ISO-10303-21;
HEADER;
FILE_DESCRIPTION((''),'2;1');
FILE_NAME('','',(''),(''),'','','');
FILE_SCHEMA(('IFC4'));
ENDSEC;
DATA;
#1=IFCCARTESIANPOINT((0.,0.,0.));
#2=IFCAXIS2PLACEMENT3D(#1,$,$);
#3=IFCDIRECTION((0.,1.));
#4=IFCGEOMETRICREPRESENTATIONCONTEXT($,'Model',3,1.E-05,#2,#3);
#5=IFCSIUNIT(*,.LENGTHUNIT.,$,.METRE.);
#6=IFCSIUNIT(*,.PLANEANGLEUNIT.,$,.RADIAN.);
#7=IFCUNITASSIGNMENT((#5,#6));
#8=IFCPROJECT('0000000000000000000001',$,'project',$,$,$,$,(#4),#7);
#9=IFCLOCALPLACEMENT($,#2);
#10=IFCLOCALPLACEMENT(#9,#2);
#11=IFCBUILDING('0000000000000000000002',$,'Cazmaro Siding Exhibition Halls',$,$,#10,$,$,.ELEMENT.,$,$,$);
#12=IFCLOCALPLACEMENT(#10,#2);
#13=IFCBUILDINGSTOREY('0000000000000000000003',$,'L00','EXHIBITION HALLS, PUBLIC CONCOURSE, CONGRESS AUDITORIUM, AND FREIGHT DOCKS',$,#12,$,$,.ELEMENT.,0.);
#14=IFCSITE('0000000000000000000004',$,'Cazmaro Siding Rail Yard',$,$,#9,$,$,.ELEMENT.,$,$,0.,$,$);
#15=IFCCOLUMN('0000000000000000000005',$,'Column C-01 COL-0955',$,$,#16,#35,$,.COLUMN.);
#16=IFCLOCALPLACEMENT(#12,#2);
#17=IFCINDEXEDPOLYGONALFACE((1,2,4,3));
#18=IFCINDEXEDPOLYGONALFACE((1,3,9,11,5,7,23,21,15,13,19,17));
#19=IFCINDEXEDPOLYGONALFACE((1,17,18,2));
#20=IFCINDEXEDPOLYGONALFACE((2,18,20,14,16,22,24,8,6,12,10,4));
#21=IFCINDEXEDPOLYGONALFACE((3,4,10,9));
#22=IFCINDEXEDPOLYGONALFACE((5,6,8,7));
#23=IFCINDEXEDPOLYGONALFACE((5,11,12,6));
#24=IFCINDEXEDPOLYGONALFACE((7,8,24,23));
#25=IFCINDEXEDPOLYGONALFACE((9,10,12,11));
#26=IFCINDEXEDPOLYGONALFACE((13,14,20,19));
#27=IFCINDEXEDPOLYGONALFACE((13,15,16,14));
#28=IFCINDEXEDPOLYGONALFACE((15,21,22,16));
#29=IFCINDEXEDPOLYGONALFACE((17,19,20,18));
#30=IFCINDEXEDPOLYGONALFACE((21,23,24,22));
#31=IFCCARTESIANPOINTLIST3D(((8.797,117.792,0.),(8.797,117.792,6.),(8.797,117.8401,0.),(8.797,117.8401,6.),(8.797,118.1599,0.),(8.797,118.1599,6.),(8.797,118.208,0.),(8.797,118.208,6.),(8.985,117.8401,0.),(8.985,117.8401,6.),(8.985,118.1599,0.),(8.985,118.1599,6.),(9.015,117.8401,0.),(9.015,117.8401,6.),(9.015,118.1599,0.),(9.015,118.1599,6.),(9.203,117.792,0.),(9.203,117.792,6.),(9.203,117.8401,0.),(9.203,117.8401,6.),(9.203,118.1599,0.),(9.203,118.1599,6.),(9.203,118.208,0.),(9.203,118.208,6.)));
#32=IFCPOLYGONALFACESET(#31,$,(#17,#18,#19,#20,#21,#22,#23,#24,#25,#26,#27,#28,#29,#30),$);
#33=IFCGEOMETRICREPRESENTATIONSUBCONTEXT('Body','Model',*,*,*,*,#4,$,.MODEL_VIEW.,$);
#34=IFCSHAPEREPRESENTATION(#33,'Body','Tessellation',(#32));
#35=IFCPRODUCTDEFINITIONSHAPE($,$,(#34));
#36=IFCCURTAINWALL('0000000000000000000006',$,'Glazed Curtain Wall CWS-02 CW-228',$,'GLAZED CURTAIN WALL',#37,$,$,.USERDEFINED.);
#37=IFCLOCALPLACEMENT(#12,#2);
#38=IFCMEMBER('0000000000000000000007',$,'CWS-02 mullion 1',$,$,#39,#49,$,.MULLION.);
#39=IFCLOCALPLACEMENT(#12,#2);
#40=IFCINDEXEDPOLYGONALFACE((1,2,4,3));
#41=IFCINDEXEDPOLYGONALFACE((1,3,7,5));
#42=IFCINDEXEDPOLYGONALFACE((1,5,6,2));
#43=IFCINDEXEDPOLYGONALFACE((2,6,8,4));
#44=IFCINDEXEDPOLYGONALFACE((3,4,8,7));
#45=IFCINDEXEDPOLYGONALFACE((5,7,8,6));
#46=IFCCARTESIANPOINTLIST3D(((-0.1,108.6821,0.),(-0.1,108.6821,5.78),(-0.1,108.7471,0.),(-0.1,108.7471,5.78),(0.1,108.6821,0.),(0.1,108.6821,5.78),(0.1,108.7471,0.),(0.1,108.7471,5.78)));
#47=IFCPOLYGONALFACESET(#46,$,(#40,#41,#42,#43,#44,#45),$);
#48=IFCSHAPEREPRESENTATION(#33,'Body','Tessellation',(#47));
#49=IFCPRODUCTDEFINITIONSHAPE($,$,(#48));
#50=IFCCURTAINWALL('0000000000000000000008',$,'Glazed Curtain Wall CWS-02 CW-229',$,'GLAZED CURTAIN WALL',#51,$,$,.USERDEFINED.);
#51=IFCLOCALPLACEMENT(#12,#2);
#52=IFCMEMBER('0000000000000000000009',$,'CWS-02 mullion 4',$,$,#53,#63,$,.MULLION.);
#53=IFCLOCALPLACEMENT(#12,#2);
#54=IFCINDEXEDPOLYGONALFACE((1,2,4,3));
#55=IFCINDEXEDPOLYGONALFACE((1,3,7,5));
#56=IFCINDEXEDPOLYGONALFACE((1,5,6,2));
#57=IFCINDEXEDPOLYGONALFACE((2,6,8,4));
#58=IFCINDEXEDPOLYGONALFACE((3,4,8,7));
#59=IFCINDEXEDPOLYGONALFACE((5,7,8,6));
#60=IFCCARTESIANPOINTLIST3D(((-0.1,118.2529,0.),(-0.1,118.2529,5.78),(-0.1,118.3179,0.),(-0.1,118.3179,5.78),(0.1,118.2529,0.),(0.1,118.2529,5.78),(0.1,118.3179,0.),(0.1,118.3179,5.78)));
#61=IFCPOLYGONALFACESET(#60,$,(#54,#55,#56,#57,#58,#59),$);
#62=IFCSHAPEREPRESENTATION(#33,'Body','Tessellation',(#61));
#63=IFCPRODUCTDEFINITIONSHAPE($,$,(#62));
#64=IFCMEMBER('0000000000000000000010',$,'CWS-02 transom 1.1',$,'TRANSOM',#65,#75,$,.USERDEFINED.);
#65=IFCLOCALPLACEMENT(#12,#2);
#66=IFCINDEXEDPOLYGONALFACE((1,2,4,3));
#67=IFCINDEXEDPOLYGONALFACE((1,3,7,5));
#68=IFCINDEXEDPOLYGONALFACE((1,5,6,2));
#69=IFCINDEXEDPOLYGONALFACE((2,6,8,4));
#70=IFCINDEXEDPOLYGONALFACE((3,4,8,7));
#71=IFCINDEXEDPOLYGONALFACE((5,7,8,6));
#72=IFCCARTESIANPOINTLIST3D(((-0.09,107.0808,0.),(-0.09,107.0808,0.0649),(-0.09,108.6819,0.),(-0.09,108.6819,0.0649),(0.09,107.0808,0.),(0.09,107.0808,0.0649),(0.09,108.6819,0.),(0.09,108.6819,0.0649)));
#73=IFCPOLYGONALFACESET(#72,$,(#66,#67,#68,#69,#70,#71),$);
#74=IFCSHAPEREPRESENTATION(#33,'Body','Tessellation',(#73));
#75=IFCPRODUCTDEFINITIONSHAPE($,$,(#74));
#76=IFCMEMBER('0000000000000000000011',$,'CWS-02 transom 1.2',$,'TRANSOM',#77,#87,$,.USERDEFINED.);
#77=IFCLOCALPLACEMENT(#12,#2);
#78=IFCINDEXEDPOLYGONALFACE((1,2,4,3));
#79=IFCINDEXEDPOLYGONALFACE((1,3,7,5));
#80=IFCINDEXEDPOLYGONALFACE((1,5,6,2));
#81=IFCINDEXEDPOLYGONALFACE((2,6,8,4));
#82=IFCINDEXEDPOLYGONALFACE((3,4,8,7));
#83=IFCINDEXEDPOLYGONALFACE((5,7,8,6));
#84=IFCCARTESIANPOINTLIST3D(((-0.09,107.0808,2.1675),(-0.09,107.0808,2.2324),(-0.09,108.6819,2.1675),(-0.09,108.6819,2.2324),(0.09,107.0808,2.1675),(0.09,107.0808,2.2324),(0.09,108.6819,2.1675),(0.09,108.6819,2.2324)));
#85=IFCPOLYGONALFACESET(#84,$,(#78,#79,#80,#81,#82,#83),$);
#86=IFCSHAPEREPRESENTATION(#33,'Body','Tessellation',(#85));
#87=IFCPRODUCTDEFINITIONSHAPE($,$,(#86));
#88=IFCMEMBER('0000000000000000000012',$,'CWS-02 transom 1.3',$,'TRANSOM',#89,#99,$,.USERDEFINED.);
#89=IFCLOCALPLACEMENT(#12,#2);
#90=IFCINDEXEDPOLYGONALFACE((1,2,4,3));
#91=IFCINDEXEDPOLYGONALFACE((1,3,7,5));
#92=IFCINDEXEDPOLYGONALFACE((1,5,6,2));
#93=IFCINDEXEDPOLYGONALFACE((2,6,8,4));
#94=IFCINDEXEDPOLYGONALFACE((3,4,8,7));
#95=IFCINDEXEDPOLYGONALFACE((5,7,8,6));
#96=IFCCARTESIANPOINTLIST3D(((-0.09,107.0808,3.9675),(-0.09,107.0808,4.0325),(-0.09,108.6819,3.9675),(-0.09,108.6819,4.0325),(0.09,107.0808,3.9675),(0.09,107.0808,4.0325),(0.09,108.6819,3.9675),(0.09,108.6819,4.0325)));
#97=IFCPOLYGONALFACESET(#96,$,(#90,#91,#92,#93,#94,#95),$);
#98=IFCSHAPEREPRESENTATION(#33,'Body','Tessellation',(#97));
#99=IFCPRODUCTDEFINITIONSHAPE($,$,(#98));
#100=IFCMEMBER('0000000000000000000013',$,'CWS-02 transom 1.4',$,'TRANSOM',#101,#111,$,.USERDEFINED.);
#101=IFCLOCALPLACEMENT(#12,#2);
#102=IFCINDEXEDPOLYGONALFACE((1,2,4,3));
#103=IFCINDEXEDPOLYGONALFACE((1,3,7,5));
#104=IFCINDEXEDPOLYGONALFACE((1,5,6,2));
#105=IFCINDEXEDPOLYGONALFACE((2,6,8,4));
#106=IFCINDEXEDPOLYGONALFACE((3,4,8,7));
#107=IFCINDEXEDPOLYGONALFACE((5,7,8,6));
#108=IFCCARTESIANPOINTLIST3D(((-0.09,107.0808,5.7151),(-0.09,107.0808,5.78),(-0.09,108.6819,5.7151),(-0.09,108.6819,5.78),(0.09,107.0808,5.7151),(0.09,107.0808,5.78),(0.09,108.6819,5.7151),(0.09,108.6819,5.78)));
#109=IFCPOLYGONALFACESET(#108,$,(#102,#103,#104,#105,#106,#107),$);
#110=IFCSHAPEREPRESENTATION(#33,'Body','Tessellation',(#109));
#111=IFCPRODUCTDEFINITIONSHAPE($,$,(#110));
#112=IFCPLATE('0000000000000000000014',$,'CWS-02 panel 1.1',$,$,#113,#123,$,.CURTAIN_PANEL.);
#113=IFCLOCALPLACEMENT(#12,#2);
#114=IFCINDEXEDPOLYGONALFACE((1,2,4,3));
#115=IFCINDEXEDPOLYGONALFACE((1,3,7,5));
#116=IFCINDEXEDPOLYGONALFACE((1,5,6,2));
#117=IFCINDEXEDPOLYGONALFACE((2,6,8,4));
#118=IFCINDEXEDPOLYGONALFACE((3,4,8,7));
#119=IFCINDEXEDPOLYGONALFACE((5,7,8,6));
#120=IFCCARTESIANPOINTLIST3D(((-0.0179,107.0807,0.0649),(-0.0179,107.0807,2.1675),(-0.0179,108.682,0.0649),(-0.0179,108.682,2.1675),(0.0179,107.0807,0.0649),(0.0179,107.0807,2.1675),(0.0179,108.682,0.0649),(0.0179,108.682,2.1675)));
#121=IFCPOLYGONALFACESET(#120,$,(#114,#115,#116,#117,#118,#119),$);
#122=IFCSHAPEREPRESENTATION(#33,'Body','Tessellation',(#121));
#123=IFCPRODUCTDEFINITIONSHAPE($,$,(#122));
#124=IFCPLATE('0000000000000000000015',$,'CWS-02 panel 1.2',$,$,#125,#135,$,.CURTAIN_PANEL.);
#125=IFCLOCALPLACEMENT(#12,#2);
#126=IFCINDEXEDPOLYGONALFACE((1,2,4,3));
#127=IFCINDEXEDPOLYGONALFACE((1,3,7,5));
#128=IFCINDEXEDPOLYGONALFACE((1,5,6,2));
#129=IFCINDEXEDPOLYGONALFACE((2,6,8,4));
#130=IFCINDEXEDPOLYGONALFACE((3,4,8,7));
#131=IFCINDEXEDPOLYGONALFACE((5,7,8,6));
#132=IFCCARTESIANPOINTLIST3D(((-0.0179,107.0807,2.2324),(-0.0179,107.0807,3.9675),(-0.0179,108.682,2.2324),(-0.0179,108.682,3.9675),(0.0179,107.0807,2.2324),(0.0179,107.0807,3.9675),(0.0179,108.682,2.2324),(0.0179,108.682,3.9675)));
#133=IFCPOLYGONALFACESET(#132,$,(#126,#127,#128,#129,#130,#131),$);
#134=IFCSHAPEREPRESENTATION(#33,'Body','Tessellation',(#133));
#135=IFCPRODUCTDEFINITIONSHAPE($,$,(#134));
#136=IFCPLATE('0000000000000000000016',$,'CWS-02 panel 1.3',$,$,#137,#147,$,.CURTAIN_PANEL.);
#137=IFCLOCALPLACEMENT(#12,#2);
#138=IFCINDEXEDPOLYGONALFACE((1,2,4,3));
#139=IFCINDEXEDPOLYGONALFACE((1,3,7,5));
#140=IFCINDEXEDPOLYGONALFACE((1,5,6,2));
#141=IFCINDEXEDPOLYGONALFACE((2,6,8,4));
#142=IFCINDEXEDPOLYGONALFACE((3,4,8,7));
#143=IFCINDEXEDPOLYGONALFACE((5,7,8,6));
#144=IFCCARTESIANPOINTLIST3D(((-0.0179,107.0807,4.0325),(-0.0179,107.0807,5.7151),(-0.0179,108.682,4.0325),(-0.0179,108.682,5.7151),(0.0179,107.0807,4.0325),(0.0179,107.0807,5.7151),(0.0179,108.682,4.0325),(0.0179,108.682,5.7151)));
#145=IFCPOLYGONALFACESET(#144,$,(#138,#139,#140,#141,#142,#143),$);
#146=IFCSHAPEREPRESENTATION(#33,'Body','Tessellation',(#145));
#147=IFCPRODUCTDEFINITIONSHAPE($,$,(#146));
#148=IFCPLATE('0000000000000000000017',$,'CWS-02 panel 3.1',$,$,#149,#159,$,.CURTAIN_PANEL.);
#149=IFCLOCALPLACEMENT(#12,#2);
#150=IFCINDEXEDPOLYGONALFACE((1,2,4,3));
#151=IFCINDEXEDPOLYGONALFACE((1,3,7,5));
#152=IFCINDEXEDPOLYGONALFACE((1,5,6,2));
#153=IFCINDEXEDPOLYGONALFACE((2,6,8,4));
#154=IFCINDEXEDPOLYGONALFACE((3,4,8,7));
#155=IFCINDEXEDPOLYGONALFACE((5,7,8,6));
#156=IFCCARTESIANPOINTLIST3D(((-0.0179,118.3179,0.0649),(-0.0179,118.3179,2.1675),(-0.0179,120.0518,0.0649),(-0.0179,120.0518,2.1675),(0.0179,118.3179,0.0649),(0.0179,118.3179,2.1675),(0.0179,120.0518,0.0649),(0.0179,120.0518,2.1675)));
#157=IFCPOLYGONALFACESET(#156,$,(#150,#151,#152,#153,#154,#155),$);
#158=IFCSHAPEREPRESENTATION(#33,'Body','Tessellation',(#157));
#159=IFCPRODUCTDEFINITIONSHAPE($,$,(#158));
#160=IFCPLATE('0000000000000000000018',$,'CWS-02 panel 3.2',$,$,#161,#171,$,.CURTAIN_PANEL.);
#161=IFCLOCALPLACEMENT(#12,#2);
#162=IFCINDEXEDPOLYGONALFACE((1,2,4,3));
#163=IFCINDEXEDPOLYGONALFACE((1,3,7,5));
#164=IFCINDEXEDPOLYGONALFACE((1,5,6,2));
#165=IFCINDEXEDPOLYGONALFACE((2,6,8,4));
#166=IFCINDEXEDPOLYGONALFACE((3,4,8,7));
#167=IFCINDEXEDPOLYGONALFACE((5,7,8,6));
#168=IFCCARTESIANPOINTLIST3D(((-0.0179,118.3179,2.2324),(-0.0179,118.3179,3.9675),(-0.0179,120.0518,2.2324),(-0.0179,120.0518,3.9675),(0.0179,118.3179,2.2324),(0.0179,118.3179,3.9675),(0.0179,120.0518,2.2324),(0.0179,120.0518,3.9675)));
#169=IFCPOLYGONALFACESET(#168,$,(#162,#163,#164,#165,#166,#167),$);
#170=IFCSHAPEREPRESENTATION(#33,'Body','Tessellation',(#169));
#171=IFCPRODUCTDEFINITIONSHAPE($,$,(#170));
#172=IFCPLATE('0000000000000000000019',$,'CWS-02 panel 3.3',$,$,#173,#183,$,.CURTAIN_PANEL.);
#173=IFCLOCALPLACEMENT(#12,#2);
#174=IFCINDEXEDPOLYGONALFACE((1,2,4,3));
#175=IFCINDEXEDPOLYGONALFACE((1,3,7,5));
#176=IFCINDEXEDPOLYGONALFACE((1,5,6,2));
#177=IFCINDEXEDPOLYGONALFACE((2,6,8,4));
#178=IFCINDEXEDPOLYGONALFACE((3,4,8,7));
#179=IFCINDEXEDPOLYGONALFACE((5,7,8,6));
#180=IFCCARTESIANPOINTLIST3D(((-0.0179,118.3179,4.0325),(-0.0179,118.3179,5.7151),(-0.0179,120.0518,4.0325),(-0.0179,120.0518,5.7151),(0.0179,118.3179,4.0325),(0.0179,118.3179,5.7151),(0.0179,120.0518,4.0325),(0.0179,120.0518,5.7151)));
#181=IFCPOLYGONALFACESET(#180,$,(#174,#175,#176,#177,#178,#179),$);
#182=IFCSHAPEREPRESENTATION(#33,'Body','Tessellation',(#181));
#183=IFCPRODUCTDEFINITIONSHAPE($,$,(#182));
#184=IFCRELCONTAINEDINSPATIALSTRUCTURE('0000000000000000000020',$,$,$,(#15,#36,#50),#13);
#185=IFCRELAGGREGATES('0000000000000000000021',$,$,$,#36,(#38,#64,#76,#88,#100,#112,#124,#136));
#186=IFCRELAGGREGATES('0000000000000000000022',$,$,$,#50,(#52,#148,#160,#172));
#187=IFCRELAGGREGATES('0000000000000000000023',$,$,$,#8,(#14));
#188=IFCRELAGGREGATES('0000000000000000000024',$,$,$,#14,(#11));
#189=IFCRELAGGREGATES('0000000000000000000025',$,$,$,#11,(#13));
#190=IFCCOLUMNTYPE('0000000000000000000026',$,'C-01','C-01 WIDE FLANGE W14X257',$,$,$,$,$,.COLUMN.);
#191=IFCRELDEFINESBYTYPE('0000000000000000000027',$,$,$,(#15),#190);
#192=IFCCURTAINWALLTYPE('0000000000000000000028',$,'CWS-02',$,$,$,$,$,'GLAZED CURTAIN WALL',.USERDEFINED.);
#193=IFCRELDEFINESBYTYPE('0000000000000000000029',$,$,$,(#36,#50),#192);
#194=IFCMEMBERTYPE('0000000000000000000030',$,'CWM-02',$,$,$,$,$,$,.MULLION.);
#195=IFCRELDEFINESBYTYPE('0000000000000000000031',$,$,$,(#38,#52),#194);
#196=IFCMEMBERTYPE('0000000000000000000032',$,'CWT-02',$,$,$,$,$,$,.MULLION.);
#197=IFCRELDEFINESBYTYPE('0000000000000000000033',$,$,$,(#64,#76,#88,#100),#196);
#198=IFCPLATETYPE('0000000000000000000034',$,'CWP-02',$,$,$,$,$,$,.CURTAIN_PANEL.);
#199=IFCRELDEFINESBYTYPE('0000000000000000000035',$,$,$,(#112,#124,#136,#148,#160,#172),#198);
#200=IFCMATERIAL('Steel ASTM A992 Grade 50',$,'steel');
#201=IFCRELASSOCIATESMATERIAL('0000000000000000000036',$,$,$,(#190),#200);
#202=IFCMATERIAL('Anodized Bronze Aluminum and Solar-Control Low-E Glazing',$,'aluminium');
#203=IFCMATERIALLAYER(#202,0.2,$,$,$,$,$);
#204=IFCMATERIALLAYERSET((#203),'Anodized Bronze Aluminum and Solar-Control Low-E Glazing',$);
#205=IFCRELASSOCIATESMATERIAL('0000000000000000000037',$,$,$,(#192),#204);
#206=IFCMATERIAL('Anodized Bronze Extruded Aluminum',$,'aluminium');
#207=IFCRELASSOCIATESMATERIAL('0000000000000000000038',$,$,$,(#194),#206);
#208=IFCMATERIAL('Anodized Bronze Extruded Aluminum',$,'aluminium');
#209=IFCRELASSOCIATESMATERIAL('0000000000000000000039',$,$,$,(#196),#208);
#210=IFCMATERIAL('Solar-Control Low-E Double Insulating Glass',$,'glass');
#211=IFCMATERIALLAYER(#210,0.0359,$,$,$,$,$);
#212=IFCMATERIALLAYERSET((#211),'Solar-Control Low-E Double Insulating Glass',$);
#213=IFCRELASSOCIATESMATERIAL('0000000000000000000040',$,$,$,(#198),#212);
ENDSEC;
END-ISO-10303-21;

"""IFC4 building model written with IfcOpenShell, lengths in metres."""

from ifc_helpers import new_model, si_unit, direction, frame, origin, origin_2d, place, context, subcontext, project, spatial, rectangle, i_section, extrude, material, layer, layer_set, material_profile, profile_set, type_object, element, aggregate, save


model = new_model("IFC4")

# Units and contexts
model_context = context("Model", 3, precision=1e-05, world=origin(), true_north=direction((0.0, 1.0)))
body_context = subcontext(model_context, "Body", "Model", "MODEL_VIEW")
ifc_project = project(units=[si_unit("LENGTHUNIT", "METRE"), si_unit("PLANEANGLEUNIT", "RADIAN")], contexts=[model_context])

# Site, building, storey
site_placement = place(None, origin())
site = spatial("IfcSite", under=ifc_project, at=site_placement, Name="Cazmaro Siding Rail Yard", CompositionType="ELEMENT", RefElevation=0.0)
building_placement = place(site_placement, origin())
building = spatial("IfcBuilding", under=site, at=building_placement, Name="Cazmaro Siding Exhibition Halls", CompositionType="ELEMENT")
storey_placement = place(building_placement, origin())
storey = spatial("IfcBuildingStorey", under=building, at=storey_placement, Name="L00", Description="EXHIBITION HALLS, PUBLIC CONCOURSE, CONGRESS AUDITORIUM, AND FREIGHT DOCKS", CompositionType="ELEMENT", Elevation=0.0)

# Column
ifc_material_1 = material(Name="Steel ASTM A992 Grade 50", Category="steel")
ifc_material_profile_1 = material_profile(ifc_material_1, i_section(OverallWidth=0.406, OverallDepth=0.416, WebThickness=0.03, FlangeThickness=0.0481, at=origin_2d()), Name="W14X257")
ifc_profile_set_1 = profile_set([ifc_material_profile_1], Name="Steel ASTM A992 Grade 50")
column_type = type_object("IfcColumnType", Name="C-01", Description="C-01 WIDE FLANGE W14X257", PredefinedType="COLUMN", material=ifc_profile_set_1)
for number, where, z_axis, x_axis, name in (
    (1, (9.0, 118.0, 0.0), (0.0, 0.0, 1.0), (1.0, 0.0, 0.0), "Column C-01 COL-0955"),
):
    element("IfcColumn", number, at=place(storey_placement, frame(where, z_axis=z_axis, x_axis=x_axis)), inside=storey, type_object=column_type, Name=name, PredefinedType="COLUMN", context=body_context, shape_type="SweptSolid", body=[
        extrude(i_section(OverallWidth=0.406, OverallDepth=0.416, WebThickness=0.03, FlangeThickness=0.0481, at=origin_2d()), origin(), (0.0, 0.0, 1.0), 6.0),
    ])

# Curtain walls, members
ifc_material_2 = material(Name="Anodized Bronze Aluminum and Solar-Control Low-E Glazing", Category="aluminium")
ifc_layer_1 = layer(ifc_material_2, 0.2)
ifc_layer_set_1 = layer_set([ifc_layer_1], Name="Anodized Bronze Aluminum and Solar-Control Low-E Glazing")
curtain_wall_type = type_object("IfcCurtainWallType", Name="CWS-02", ElementType="GLAZED CURTAIN WALL", PredefinedType="USERDEFINED", material=ifc_layer_set_1)
curtain_wall_1_placement = place(storey_placement, origin())
curtain_wall_1 = element("IfcCurtainWall", 2, at=curtain_wall_1_placement, inside=storey, type_object=curtain_wall_type, Name="Glazed Curtain Wall CWS-02 CW-228", ObjectType="GLAZED CURTAIN WALL", PredefinedType="USERDEFINED")
ifc_material_3 = material(Name="Anodized Bronze Extruded Aluminum", Category="aluminium")
ifc_material_profile_2 = material_profile(ifc_material_3, rectangle(XDim=0.2, YDim=0.0649, at=origin_2d()), Name="CWM-02")
ifc_profile_set_2 = profile_set([ifc_material_profile_2], Name="Anodized Bronze Extruded Aluminum")
member_type_1 = type_object("IfcMemberType", Name="CWM-02", PredefinedType="MULLION", material=ifc_profile_set_2)
member_1_placement = place(storey_placement, frame((0.0, 108.7146, 0.0), z_axis=(0.0, 0.0, 1.0), x_axis=(1.0, 0.0, 0.0)))
member_1 = element("IfcMember", 3, at=member_1_placement, type_object=member_type_1, Name="CWS-02 mullion 1", PredefinedType="MULLION", context=body_context, shape_type="SweptSolid", body=[
    extrude(rectangle(XDim=0.2, YDim=0.0649, at=origin_2d()), origin(), (0.0, 0.0, 1.0), 5.78),
])
curtain_wall_2_placement = place(storey_placement, origin())
curtain_wall_2 = element("IfcCurtainWall", 4, at=curtain_wall_2_placement, inside=storey, type_object=curtain_wall_type, Name="Glazed Curtain Wall CWS-02 CW-229", ObjectType="GLAZED CURTAIN WALL", PredefinedType="USERDEFINED")
member_2_placement = place(storey_placement, frame((0.0, 118.2854, 0.0), z_axis=(0.0, 0.0, 1.0), x_axis=(1.0, 0.0, 0.0)))
member_2 = element("IfcMember", 5, at=member_2_placement, type_object=member_type_1, Name="CWS-02 mullion 4", PredefinedType="MULLION", context=body_context, shape_type="SweptSolid", body=[
    extrude(rectangle(XDim=0.2, YDim=0.0649, at=origin_2d()), origin(), (0.0, 0.0, 1.0), 5.78),
])

# Members
ifc_material_4 = material(Name="Anodized Bronze Extruded Aluminum", Category="aluminium")
ifc_material_profile_3 = material_profile(ifc_material_4, rectangle(XDim=0.1799, YDim=0.0649, at=origin_2d()), Name="CWT-02")
ifc_profile_set_3 = profile_set([ifc_material_profile_3], Name="Anodized Bronze Extruded Aluminum")
member_type_2 = type_object("IfcMemberType", Name="CWT-02", PredefinedType="MULLION", material=ifc_profile_set_3)
member_3_placement = place(storey_placement, frame((0.0, 108.6819, 0.0325), z_axis=(0.0, -1.0, 0.0), x_axis=(1.0, 0.0, 0.0)))
member_3 = element("IfcMember", 6, at=member_3_placement, type_object=member_type_2, Name="CWS-02 transom 1.1", ObjectType="TRANSOM", PredefinedType="USERDEFINED", context=body_context, shape_type="SweptSolid", body=[
    extrude(rectangle(XDim=0.1799, YDim=0.0649, at=origin_2d()), origin(), (0.0, 0.0, 1.0), 1.6011),
])
member_4_placement = place(storey_placement, frame((0.0, 108.6819, 2.2), z_axis=(0.0, -1.0, 0.0), x_axis=(1.0, 0.0, 0.0)))
member_4 = element("IfcMember", 7, at=member_4_placement, type_object=member_type_2, Name="CWS-02 transom 1.2", ObjectType="TRANSOM", PredefinedType="USERDEFINED", context=body_context, shape_type="SweptSolid", body=[
    extrude(rectangle(XDim=0.1799, YDim=0.0649, at=origin_2d()), origin(), (0.0, 0.0, 1.0), 1.6011),
])
member_5_placement = place(storey_placement, frame((0.0, 108.6819, 4.0), z_axis=(0.0, -1.0, 0.0), x_axis=(1.0, 0.0, 0.0)))
member_5 = element("IfcMember", 8, at=member_5_placement, type_object=member_type_2, Name="CWS-02 transom 1.3", ObjectType="TRANSOM", PredefinedType="USERDEFINED", context=body_context, shape_type="SweptSolid", body=[
    extrude(rectangle(XDim=0.1799, YDim=0.0649, at=origin_2d()), origin(), (0.0, 0.0, 1.0), 1.6011),
])
member_6_placement = place(storey_placement, frame((0.0, 108.6819, 5.7476), z_axis=(0.0, -1.0, 0.0), x_axis=(1.0, 0.0, 0.0)))
member_6 = element("IfcMember", 9, at=member_6_placement, type_object=member_type_2, Name="CWS-02 transom 1.4", ObjectType="TRANSOM", PredefinedType="USERDEFINED", context=body_context, shape_type="SweptSolid", body=[
    extrude(rectangle(XDim=0.1799, YDim=0.0649, at=origin_2d()), origin(), (0.0, 0.0, 1.0), 1.6011),
])

# Plates
ifc_material_5 = material(Name="Solar-Control Low-E Double Insulating Glass", Category="glass")
ifc_layer_2 = layer(ifc_material_5, 0.0359)
ifc_layer_set_2 = layer_set([ifc_layer_2], Name="Solar-Control Low-E Double Insulating Glass")
plate_type = type_object("IfcPlateType", Name="CWP-02", PredefinedType="CURTAIN_PANEL", material=ifc_layer_set_2)
plate_1_placement = place(storey_placement, frame((0.0, 107.8813, 0.0649), z_axis=(0.0, 0.0, 1.0), x_axis=(0.0, -1.0, 0.0)))
plate_1 = element("IfcPlate", 10, at=plate_1_placement, type_object=plate_type, Name="CWS-02 panel 1.1", PredefinedType="CURTAIN_PANEL", context=body_context, shape_type="SweptSolid", body=[
    extrude(rectangle(XDim=1.6013, YDim=0.0359, at=origin_2d()), origin(), (0.0, 0.0, 1.0), 2.1025),
])
plate_2_placement = place(storey_placement, frame((0.0, 107.8813, 2.2324), z_axis=(0.0, 0.0, 1.0), x_axis=(0.0, -1.0, 0.0)))
plate_2 = element("IfcPlate", 11, at=plate_2_placement, type_object=plate_type, Name="CWS-02 panel 1.2", PredefinedType="CURTAIN_PANEL", context=body_context, shape_type="SweptSolid", body=[
    extrude(rectangle(XDim=1.6013, YDim=0.0359, at=origin_2d()), origin(), (0.0, 0.0, 1.0), 1.7351),
])
plate_3_placement = place(storey_placement, frame((0.0, 107.8813, 4.0325), z_axis=(0.0, 0.0, 1.0), x_axis=(0.0, -1.0, 0.0)))
plate_3 = element("IfcPlate", 12, at=plate_3_placement, type_object=plate_type, Name="CWS-02 panel 1.3", PredefinedType="CURTAIN_PANEL", context=body_context, shape_type="SweptSolid", body=[
    extrude(rectangle(XDim=1.6013, YDim=0.0359, at=origin_2d()), origin(), (0.0, 0.0, 1.0), 1.6826),
])
aggregate(curtain_wall_1, [member_1, member_3, member_4, member_5, member_6, plate_1, plate_2, plate_3])
plate_4_placement = place(storey_placement, frame((0.0, 119.1848, 0.0649), z_axis=(0.0, 0.0, 1.0), x_axis=(0.0, -1.0, 0.0)))
plate_4 = element("IfcPlate", 13, at=plate_4_placement, type_object=plate_type, Name="CWS-02 panel 3.1", PredefinedType="CURTAIN_PANEL", context=body_context, shape_type="SweptSolid", body=[
    extrude(rectangle(XDim=1.7339, YDim=0.0359, at=origin_2d()), origin(), (0.0, 0.0, 1.0), 2.1025),
])
plate_5_placement = place(storey_placement, frame((0.0, 119.1848, 2.2324), z_axis=(0.0, 0.0, 1.0), x_axis=(0.0, -1.0, 0.0)))
plate_5 = element("IfcPlate", 14, at=plate_5_placement, type_object=plate_type, Name="CWS-02 panel 3.2", PredefinedType="CURTAIN_PANEL", context=body_context, shape_type="SweptSolid", body=[
    extrude(rectangle(XDim=1.7339, YDim=0.0359, at=origin_2d()), origin(), (0.0, 0.0, 1.0), 1.7351),
])
plate_6_placement = place(storey_placement, frame((0.0, 119.1848, 4.0325), z_axis=(0.0, 0.0, 1.0), x_axis=(0.0, -1.0, 0.0)))
plate_6 = element("IfcPlate", 15, at=plate_6_placement, type_object=plate_type, Name="CWS-02 panel 3.3", PredefinedType="CURTAIN_PANEL", context=body_context, shape_type="SweptSolid", body=[
    extrude(rectangle(XDim=1.7339, YDim=0.0359, at=origin_2d()), origin(), (0.0, 0.0, 1.0), 1.6826),
])
aggregate(curtain_wall_2, [member_2, plate_4, plate_5, plate_6])

save(model, "model.ifc")
